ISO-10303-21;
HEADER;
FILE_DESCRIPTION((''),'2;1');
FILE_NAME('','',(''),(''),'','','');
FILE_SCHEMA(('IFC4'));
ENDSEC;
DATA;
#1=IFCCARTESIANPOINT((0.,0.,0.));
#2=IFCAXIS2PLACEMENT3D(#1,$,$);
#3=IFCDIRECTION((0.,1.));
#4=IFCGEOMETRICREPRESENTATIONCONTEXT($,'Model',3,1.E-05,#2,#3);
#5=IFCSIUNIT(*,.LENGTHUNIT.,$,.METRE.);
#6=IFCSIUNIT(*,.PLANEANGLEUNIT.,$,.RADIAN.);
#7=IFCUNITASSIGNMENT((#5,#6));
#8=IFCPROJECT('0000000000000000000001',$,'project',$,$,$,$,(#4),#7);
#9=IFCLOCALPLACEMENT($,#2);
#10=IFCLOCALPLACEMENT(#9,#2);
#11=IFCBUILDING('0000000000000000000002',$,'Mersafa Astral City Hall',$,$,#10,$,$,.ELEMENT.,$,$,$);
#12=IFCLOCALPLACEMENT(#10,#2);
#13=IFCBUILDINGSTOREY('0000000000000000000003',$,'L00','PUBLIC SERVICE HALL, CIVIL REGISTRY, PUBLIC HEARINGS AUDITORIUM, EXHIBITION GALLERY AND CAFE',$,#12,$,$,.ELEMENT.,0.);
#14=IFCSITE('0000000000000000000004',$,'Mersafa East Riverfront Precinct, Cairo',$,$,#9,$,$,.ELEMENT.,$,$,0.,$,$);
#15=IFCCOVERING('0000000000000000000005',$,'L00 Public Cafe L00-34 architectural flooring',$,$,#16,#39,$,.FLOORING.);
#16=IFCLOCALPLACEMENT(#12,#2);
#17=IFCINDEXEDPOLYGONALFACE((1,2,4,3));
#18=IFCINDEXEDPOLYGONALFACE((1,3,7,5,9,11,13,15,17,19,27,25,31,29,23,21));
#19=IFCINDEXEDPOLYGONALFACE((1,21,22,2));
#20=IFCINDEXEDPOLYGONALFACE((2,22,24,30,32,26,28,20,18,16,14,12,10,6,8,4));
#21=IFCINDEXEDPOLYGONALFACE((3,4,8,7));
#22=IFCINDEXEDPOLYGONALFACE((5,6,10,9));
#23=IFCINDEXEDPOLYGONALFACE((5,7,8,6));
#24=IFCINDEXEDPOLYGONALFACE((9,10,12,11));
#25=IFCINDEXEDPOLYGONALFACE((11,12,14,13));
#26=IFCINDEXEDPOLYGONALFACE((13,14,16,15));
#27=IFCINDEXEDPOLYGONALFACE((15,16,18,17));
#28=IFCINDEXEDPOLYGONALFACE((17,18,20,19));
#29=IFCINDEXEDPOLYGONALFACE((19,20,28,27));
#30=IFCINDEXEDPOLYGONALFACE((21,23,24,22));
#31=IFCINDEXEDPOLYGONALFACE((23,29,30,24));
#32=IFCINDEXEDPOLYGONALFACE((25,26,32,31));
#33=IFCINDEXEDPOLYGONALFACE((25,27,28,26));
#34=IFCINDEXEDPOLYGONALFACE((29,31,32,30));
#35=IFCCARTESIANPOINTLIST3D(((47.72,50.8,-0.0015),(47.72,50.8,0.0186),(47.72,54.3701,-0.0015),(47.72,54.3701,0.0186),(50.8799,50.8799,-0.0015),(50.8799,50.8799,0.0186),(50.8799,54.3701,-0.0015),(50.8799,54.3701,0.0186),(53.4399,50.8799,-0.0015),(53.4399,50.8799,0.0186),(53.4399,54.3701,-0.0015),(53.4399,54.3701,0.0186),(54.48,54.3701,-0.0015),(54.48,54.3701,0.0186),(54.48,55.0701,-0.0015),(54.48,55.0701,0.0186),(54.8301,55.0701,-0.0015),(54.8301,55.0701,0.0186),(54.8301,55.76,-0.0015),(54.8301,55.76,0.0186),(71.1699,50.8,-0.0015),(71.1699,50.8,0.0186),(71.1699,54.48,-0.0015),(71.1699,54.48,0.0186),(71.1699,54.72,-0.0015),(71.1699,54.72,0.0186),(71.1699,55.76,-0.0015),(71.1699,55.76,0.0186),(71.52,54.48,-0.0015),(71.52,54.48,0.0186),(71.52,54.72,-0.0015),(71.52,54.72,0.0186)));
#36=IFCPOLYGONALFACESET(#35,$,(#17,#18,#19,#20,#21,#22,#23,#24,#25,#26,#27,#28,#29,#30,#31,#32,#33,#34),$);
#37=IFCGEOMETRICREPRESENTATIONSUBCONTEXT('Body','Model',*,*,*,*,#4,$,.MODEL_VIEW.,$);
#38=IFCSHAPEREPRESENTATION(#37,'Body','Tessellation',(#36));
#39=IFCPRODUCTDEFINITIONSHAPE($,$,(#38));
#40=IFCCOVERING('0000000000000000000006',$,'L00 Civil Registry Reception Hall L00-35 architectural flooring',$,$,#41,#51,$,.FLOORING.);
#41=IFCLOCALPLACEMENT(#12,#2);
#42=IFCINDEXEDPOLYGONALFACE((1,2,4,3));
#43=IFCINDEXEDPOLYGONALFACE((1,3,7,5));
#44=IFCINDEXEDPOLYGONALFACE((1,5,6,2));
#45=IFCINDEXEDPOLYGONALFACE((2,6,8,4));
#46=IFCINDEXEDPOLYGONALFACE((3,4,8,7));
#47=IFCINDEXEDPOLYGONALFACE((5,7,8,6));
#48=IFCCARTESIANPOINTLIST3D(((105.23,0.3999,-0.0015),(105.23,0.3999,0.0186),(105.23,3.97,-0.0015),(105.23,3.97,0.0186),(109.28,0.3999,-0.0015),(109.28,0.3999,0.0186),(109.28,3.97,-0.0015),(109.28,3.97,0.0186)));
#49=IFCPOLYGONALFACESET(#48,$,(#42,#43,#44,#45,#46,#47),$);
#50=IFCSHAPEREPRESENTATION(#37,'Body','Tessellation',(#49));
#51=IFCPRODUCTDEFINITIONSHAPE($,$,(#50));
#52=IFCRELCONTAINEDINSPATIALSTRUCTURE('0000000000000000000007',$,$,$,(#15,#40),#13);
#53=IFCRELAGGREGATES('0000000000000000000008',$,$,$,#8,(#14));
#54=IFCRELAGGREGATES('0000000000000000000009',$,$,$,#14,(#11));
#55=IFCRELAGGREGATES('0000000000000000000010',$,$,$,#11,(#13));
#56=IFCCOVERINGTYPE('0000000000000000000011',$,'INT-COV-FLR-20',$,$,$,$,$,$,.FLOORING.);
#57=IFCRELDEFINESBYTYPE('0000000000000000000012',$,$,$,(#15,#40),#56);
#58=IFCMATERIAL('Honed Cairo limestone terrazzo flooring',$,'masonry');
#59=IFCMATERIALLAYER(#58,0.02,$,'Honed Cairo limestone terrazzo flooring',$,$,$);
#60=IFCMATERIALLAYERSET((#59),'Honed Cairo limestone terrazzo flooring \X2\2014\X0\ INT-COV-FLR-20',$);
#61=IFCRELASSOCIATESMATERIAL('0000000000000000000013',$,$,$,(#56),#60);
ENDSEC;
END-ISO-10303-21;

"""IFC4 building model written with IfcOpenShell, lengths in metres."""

from ifc_helpers import new_model, si_unit, direction, frame, origin, place, context, subcontext, project, spatial, polyline, outline, extrude, material, layer, layer_set, type_object, element, save


model = new_model("IFC4")

# Units and contexts
model_context = context("Model", 3, precision=1e-05, world=origin(), true_north=direction((0.0, 1.0)))
body_context = subcontext(model_context, "Body", "Model", "MODEL_VIEW")
ifc_project = project(units=[si_unit("LENGTHUNIT", "METRE"), si_unit("PLANEANGLEUNIT", "RADIAN")], contexts=[model_context])

# Site, building, storey
site_placement = place(None, origin())
site = spatial("IfcSite", under=ifc_project, at=site_placement, Name="Mersafa East Riverfront Precinct, Cairo", CompositionType="ELEMENT", RefElevation=0.0)
building_placement = place(site_placement, origin())
building = spatial("IfcBuilding", under=site, at=building_placement, Name="Mersafa Astral City Hall", CompositionType="ELEMENT")
storey_placement = place(building_placement, origin())
storey = spatial("IfcBuildingStorey", under=building, at=storey_placement, Name="L00", Description="PUBLIC SERVICE HALL, CIVIL REGISTRY, PUBLIC HEARINGS AUDITORIUM, EXHIBITION GALLERY AND CAFE", CompositionType="ELEMENT", Elevation=0.0)

# Coverings
ifc_material_1 = material(Name="Honed Cairo limestone terrazzo flooring", Category="masonry")
ifc_layer_1 = layer(ifc_material_1, 0.02, Name="Honed Cairo limestone terrazzo flooring")
ifc_layer_set_1 = layer_set([ifc_layer_1], Name="Honed Cairo limestone terrazzo flooring — INT-COV-FLR-20")
covering_type_1 = type_object("IfcCoveringType", Name="INT-COV-FLR-20", PredefinedType="FLOORING", material=ifc_layer_set_1)
covering_1_placement = place(storey_placement, frame((0.0, 0.0, -0.0015)))
element("IfcCovering", 1, at=covering_1_placement, inside=storey, type_object=covering_type_1, Name="L00 Public Cafe L00-34 architectural flooring", PredefinedType="FLOORING", context=body_context, shape_type="SweptSolid", body=[
    extrude(outline(polyline([(54.48, 54.3701), (54.48, 55.0701), (54.8301, 55.0701), (54.8301, 55.76), (71.1699, 55.76), (71.1699, 54.72), (71.52, 54.72), (71.52, 54.48), (71.1699, 54.48), (71.1699, 50.8), (47.72, 50.8), (47.72, 54.3701), (50.8799, 54.3701), (50.8799, 50.8799), (53.4399, 50.8799), (53.4399, 54.3701), (54.48, 54.3701)])), origin(), (0.0, 0.0, 1.0), 0.02),
])
covering_2_placement = place(storey_placement, frame((0.0, 0.0, -0.0015)))
element("IfcCovering", 2, at=covering_2_placement, inside=storey, type_object=covering_type_1, Name="L00 Civil Registry Reception Hall L00-35 architectural flooring", PredefinedType="FLOORING", context=body_context, shape_type="SweptSolid", body=[
    extrude(outline(polyline([(105.23, 3.97), (109.28, 3.97), (109.28, 0.3999), (105.23, 0.3999), (105.23, 3.97)])), origin(), (0.0, 0.0, 1.0), 0.02),
])

save(model, "model.ifc")
